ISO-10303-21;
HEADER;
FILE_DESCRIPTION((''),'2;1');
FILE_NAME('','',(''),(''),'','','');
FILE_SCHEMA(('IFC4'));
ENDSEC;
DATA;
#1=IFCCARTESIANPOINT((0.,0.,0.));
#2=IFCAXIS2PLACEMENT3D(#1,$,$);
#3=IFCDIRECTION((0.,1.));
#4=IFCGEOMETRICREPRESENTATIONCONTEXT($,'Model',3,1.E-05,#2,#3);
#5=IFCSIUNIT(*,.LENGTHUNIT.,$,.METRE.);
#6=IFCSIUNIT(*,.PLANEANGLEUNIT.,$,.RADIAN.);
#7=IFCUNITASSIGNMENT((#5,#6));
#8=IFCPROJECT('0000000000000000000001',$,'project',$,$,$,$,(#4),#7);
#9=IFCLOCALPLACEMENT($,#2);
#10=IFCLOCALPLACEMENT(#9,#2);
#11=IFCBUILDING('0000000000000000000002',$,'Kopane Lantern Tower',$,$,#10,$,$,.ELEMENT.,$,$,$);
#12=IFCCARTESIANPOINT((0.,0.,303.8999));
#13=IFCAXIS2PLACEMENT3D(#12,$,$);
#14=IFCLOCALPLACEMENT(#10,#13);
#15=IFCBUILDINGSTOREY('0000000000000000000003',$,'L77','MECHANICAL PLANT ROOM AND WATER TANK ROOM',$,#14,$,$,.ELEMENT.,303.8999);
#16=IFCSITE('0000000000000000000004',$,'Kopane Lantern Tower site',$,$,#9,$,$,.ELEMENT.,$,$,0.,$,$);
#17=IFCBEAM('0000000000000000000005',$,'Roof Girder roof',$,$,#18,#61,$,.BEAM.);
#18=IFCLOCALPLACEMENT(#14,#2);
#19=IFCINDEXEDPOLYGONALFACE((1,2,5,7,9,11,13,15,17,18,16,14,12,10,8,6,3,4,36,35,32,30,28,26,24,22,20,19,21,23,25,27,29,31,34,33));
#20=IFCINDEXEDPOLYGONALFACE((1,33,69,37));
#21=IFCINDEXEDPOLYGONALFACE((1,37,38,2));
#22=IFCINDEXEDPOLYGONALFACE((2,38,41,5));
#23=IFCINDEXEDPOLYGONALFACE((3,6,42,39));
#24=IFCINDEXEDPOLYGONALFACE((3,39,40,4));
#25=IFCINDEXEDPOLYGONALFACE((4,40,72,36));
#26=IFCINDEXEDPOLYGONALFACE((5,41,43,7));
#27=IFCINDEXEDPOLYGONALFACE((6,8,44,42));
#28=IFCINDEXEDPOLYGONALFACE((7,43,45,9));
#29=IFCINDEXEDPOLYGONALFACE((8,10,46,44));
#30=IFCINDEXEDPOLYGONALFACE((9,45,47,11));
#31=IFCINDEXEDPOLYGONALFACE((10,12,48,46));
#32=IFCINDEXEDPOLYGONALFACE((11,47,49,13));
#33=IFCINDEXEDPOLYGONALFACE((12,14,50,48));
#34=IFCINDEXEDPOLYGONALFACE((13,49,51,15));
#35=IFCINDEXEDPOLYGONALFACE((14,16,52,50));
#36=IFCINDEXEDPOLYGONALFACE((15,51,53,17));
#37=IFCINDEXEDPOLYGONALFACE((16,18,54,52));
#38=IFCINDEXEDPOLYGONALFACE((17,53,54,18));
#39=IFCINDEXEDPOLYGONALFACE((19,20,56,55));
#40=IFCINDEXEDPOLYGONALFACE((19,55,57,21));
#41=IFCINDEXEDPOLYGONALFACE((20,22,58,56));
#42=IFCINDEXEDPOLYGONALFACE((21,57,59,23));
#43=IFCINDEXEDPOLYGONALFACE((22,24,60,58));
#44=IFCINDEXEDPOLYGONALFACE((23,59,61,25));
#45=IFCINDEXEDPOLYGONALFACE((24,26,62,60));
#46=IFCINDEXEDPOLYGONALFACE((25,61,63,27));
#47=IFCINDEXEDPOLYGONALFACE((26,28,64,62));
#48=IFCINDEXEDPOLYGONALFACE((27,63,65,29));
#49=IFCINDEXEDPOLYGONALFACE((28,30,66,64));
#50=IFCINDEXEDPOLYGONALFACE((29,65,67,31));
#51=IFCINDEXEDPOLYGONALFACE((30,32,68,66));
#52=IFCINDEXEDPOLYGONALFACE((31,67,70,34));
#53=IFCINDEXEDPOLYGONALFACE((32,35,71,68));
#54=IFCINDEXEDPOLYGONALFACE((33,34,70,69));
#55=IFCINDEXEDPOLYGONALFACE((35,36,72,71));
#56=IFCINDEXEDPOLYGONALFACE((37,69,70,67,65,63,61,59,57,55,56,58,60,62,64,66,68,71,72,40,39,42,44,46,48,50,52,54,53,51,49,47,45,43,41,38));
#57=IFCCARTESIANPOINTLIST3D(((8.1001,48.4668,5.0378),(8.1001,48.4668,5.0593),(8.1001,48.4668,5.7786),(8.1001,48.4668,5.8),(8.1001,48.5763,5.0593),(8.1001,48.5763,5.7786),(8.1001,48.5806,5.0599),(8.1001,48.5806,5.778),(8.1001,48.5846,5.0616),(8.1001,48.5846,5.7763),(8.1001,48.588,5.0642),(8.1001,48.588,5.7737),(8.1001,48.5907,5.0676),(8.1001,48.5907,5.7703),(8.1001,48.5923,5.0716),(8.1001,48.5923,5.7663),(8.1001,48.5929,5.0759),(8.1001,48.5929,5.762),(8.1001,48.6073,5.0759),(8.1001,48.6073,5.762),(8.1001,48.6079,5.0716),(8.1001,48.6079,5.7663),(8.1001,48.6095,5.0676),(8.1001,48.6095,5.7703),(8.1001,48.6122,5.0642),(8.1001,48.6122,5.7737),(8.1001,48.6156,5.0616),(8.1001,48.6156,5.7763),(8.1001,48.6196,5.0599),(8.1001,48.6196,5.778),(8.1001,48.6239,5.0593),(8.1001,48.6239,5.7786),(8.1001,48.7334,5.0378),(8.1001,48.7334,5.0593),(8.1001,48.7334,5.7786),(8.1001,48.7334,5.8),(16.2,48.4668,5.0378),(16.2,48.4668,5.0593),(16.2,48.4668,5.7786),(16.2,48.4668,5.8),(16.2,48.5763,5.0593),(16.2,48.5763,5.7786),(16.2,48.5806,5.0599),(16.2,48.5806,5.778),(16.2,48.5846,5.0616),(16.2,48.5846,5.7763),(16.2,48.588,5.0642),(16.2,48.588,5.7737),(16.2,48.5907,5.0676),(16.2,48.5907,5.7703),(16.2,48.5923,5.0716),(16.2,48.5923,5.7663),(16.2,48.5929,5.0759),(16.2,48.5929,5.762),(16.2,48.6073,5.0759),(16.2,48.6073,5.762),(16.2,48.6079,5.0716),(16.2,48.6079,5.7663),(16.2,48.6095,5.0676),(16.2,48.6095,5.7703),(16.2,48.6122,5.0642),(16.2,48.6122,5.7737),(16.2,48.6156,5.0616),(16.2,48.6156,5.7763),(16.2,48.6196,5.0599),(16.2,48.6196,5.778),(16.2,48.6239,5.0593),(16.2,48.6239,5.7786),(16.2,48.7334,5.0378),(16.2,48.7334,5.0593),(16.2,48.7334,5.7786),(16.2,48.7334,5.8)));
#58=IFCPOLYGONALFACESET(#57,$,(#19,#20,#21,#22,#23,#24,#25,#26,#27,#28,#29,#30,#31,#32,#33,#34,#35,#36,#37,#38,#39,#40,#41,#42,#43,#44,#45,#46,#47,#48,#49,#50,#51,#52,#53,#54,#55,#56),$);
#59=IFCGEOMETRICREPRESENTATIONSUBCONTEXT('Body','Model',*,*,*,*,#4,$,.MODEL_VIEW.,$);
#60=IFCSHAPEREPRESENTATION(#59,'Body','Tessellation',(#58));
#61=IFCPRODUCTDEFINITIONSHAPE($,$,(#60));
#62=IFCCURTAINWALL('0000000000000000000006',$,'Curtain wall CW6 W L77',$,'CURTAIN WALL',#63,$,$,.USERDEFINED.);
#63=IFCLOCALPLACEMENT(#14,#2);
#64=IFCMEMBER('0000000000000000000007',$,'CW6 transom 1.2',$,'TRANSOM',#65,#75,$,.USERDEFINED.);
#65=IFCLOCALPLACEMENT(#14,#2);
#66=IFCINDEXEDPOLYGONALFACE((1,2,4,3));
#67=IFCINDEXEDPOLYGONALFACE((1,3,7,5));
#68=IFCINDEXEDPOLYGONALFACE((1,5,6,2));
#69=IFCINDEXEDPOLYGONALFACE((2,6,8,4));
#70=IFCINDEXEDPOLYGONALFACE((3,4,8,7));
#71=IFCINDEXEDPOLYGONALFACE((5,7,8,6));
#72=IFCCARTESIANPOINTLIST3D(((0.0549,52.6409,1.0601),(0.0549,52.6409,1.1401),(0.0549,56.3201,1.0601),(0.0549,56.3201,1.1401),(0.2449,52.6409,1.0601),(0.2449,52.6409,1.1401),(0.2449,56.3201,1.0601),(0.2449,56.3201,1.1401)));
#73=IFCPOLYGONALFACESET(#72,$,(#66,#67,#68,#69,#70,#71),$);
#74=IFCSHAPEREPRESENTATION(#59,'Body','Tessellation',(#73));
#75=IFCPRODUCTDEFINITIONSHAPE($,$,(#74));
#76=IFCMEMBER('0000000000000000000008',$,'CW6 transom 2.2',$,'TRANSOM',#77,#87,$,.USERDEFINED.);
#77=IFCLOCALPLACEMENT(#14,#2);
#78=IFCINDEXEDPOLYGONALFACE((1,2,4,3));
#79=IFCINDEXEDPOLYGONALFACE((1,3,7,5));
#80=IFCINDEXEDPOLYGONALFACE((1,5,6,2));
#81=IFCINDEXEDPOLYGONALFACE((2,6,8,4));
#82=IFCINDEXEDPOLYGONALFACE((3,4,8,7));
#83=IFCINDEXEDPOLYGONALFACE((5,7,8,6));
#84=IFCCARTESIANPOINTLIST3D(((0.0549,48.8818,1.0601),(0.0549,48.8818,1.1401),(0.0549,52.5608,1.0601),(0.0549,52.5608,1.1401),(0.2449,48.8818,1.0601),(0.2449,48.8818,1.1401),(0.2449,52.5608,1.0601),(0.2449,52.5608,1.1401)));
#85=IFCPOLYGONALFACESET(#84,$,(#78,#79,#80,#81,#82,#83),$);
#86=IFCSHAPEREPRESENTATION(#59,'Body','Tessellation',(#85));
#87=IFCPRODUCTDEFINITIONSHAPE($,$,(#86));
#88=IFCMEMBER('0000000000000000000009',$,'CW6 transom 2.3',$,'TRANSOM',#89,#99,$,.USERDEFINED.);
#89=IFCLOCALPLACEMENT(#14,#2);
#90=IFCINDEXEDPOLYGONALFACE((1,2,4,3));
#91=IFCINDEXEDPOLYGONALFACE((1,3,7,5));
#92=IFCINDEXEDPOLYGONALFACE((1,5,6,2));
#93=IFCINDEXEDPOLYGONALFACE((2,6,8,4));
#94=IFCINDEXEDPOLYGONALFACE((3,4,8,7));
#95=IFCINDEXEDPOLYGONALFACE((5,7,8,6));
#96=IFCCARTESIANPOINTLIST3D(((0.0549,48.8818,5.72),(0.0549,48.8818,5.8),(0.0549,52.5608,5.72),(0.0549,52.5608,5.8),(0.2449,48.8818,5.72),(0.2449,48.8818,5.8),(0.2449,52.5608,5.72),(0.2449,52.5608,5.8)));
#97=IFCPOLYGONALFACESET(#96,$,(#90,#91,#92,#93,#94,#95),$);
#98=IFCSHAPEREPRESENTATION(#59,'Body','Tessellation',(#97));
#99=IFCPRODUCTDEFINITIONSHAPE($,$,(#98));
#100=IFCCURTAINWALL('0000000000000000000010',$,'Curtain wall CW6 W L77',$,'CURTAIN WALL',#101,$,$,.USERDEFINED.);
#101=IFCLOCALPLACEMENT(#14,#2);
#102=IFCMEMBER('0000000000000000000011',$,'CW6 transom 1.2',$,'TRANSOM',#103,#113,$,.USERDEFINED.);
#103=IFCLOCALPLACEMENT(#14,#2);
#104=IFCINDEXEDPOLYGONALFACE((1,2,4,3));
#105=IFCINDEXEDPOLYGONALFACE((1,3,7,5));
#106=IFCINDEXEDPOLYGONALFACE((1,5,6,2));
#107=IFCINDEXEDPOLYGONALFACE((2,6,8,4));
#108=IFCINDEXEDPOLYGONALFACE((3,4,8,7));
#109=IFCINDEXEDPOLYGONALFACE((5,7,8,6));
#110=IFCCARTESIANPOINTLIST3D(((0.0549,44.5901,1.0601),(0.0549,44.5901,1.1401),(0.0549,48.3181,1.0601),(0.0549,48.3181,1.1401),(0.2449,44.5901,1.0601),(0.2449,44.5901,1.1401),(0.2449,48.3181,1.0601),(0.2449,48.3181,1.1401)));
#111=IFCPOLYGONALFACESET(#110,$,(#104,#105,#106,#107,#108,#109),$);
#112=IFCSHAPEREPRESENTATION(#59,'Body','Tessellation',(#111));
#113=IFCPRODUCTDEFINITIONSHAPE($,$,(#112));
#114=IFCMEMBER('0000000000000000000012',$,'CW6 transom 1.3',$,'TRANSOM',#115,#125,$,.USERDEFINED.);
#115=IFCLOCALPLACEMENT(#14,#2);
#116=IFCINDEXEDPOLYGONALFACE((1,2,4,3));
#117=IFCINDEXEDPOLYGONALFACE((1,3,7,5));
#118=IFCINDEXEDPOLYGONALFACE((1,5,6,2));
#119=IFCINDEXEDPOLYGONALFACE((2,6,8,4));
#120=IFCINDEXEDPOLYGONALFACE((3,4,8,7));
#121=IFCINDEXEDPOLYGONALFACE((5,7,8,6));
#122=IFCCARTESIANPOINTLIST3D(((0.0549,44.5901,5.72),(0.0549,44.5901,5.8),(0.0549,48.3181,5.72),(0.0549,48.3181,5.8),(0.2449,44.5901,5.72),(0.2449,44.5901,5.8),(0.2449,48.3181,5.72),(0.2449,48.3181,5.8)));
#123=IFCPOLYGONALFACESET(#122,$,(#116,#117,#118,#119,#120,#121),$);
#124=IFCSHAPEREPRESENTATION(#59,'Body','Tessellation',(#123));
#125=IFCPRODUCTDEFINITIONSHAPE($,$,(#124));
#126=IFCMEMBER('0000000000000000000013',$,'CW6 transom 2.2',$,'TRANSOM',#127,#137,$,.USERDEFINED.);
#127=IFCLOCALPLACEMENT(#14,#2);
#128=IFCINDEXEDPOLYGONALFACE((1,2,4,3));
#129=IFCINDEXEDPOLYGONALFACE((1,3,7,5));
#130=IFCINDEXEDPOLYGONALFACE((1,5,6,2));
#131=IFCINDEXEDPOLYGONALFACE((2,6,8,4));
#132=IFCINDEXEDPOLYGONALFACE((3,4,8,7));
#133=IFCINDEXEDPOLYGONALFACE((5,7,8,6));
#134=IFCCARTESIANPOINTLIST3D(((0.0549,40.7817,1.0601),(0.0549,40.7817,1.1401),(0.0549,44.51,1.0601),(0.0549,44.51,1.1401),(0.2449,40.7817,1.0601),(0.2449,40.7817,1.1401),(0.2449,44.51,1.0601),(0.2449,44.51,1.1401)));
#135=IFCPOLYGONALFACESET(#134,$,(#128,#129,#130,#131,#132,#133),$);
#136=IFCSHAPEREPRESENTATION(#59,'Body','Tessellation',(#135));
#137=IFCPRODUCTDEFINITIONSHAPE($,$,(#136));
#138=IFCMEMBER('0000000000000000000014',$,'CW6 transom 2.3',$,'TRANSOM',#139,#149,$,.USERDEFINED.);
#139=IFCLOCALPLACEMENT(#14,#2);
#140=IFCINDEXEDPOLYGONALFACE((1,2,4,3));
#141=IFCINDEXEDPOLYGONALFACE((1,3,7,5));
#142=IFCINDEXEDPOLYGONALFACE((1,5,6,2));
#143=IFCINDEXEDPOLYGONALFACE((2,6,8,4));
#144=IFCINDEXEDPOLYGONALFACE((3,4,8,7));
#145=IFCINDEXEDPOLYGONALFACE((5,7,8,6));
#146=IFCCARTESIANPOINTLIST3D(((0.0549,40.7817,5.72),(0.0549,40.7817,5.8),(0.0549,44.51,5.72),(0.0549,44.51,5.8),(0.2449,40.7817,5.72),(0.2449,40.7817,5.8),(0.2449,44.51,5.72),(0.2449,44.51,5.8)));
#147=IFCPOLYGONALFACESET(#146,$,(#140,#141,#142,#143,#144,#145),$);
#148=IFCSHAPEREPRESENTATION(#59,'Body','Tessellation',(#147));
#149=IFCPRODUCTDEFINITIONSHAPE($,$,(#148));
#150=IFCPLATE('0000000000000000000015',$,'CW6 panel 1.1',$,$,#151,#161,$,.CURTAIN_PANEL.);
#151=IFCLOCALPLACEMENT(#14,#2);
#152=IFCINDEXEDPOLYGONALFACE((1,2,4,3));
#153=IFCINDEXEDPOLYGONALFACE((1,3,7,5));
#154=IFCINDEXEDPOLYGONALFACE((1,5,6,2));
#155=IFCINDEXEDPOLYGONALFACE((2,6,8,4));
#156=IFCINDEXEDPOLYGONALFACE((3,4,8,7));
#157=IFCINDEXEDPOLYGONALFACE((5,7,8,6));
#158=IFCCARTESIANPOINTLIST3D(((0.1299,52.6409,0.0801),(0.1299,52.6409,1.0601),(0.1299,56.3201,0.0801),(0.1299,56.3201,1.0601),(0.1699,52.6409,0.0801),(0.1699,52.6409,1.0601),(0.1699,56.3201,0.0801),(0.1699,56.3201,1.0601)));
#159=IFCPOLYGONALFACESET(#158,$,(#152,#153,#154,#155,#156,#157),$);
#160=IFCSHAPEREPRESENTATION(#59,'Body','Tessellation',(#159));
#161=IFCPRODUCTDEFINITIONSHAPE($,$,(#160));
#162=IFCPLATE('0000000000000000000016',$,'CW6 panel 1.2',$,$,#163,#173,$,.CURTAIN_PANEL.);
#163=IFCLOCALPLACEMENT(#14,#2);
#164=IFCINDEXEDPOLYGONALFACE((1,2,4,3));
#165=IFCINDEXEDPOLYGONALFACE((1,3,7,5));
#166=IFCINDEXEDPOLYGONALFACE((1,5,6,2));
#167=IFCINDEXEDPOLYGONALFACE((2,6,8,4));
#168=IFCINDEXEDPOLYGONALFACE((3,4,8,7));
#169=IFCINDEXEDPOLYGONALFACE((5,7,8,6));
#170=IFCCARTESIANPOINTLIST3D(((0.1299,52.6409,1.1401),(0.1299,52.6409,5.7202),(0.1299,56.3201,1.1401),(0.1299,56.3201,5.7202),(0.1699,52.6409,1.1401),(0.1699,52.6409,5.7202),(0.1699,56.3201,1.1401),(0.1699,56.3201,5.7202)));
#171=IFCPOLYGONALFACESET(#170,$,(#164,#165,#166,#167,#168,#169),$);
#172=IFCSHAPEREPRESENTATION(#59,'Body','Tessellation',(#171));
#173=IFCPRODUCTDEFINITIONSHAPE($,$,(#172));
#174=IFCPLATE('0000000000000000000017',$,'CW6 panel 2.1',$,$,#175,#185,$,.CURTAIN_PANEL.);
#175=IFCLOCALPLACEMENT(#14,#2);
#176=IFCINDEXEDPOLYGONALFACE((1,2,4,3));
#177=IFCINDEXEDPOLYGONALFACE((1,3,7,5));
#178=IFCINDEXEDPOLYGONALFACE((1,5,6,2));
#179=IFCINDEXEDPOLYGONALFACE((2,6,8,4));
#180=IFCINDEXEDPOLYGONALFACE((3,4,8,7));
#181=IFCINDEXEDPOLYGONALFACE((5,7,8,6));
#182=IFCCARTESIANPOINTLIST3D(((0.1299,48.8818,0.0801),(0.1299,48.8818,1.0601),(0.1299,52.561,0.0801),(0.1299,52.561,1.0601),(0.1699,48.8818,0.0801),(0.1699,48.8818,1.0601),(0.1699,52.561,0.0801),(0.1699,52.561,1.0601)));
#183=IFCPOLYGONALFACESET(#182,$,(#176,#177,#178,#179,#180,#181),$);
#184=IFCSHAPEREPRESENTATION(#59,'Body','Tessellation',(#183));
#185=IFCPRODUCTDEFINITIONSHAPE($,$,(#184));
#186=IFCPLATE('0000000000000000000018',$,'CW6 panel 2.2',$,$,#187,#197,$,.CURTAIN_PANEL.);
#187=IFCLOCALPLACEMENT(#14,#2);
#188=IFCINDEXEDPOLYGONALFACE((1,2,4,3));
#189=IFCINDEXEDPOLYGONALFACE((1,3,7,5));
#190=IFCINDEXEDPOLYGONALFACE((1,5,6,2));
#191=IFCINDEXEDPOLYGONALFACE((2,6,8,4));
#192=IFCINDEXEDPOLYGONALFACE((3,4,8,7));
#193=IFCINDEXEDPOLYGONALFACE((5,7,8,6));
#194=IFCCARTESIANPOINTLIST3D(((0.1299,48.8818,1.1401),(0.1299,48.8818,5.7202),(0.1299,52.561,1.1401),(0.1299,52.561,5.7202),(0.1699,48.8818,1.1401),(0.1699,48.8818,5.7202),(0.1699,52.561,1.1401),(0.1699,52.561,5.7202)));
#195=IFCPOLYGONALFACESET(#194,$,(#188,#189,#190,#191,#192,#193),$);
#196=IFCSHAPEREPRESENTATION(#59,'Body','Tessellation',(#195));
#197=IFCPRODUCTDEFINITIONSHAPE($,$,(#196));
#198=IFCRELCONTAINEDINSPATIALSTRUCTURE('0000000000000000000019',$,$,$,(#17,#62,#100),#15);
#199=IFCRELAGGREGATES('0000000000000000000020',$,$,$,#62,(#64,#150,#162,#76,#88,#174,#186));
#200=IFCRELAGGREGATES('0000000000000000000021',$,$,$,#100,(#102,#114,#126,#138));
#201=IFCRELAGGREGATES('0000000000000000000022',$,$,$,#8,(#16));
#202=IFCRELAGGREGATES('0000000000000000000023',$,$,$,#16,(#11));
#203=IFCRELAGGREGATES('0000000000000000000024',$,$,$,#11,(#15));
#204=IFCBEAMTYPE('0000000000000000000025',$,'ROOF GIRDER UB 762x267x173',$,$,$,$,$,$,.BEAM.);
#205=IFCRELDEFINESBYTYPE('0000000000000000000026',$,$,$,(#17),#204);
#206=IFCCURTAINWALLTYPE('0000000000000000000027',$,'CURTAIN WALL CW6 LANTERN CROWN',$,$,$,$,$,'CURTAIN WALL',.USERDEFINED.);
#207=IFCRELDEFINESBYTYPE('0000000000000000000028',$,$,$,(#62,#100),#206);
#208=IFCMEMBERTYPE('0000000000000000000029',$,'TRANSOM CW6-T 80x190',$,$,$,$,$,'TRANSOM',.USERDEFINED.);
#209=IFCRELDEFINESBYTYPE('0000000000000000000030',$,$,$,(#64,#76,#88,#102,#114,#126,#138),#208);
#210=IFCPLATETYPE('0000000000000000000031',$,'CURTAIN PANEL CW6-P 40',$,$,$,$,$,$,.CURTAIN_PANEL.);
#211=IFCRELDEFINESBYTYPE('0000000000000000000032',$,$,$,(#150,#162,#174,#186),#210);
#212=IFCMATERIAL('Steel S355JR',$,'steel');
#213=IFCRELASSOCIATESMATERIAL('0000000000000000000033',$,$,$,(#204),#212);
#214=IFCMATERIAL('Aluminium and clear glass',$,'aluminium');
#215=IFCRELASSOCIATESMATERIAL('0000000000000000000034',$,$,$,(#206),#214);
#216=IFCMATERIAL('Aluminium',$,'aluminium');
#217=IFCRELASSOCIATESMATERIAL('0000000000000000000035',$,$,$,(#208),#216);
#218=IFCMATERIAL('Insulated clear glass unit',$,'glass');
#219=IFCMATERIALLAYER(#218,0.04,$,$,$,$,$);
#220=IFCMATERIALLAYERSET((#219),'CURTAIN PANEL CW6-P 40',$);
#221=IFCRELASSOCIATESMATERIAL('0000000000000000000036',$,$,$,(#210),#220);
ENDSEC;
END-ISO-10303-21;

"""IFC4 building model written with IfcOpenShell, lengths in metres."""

from ifc_helpers import new_model, si_unit, direction, frame, origin, origin_2d, place, context, subcontext, project, spatial, rectangle, i_section, extrude, material, layer, layer_set, material_profile, profile_set, type_object, element, aggregate, save


model = new_model("IFC4")

# Units and contexts
model_context = context("Model", 3, precision=1e-05, world=origin(), true_north=direction((0.0, 1.0)))
body_context = subcontext(model_context, "Body", "Model", "MODEL_VIEW")
ifc_project = project(units=[si_unit("LENGTHUNIT", "METRE"), si_unit("PLANEANGLEUNIT", "RADIAN")], contexts=[model_context])

# Site, building, storey
site_placement = place(None, origin())
site = spatial("IfcSite", under=ifc_project, at=site_placement, Name="Kopane Lantern Tower site", CompositionType="ELEMENT", RefElevation=0.0)
building_placement = place(site_placement, origin())
building = spatial("IfcBuilding", under=site, at=building_placement, Name="Kopane Lantern Tower", CompositionType="ELEMENT")
storey_placement = place(building_placement, frame((0.0, 0.0, 303.8999)))
storey = spatial("IfcBuildingStorey", under=building, at=storey_placement, Name="L77", Description="MECHANICAL PLANT ROOM AND WATER TANK ROOM", CompositionType="ELEMENT", Elevation=303.8999)

# Beam
ifc_material_1 = material(Name="Steel S355JR", Category="steel")
ifc_material_profile_1 = material_profile(ifc_material_1, i_section(OverallWidth=0.2666, OverallDepth=0.7622, WebThickness=0.0144, FlangeThickness=0.0215, FilletRadius=0.0166, at=origin_2d()), Name="UB 762x267x173")
ifc_profile_set_1 = profile_set([ifc_material_profile_1], Name="Steel S355JR")
beam_type_1 = type_object("IfcBeamType", Name="ROOF GIRDER UB 762x267x173", PredefinedType="BEAM", material=ifc_profile_set_1)
beam_1_placement = place(storey_placement, frame((8.1001, 48.6001, 5.4189), z_axis=(1.0, 0.0, 0.0), x_axis=(0.0, 1.0, 0.0)))
element("IfcBeam", 1, at=beam_1_placement, inside=storey, type_object=beam_type_1, Name="Roof Girder roof", PredefinedType="BEAM", context=body_context, shape_type="SweptSolid", body=[
    extrude(i_section(OverallWidth=0.2666, OverallDepth=0.7622, WebThickness=0.0144, FlangeThickness=0.0215, FilletRadius=0.0166, at=origin_2d()), origin(), (0.0, 0.0, 1.0), 8.0999),
])

# Curtain walls, members
ifc_material_2 = material(Name="Aluminium and clear glass", Category="aluminium")
curtain_wall_type = type_object("IfcCurtainWallType", Name="CURTAIN WALL CW6 LANTERN CROWN", ElementType="CURTAIN WALL", PredefinedType="USERDEFINED", material=ifc_material_2)
curtain_wall_1_placement = place(storey_placement, origin())
curtain_wall_1 = element("IfcCurtainWall", 2, at=curtain_wall_1_placement, inside=storey, type_object=curtain_wall_type, Name="Curtain wall CW6 W L77", ObjectType="CURTAIN WALL", PredefinedType="USERDEFINED")
ifc_material_3 = material(Name="Aluminium", Category="aluminium")
ifc_material_profile_2 = material_profile(ifc_material_3, rectangle(XDim=0.1899, YDim=0.0801, at=origin_2d()), Name="AL 190x80")
ifc_profile_set_2 = profile_set([ifc_material_profile_2], Name="Aluminium")
member_type = type_object("IfcMemberType", Name="TRANSOM CW6-T 80x190", ElementType="TRANSOM", PredefinedType="USERDEFINED", material=ifc_profile_set_2)
member_1_placement = place(storey_placement, frame((0.1499, 56.3201, 1.1001), z_axis=(0.0, -1.0, 0.0), x_axis=(1.0, 0.0, 0.0)))
member_1 = element("IfcMember", 3, at=member_1_placement, type_object=member_type, Name="CW6 transom 1.2", ObjectType="TRANSOM", PredefinedType="USERDEFINED", context=body_context, shape_type="SweptSolid", body=[
    extrude(rectangle(XDim=0.1899, YDim=0.0801, at=origin_2d()), origin(), (0.0, 0.0, 1.0), 3.6792),
])
member_2_placement = place(storey_placement, frame((0.1499, 52.5608, 1.1001), z_axis=(0.0, -1.0, 0.0), x_axis=(1.0, 0.0, 0.0)))
member_2 = element("IfcMember", 4, at=member_2_placement, type_object=member_type, Name="CW6 transom 2.2", ObjectType="TRANSOM", PredefinedType="USERDEFINED", context=body_context, shape_type="SweptSolid", body=[
    extrude(rectangle(XDim=0.1899, YDim=0.0801, at=origin_2d()), origin(), (0.0, 0.0, 1.0), 3.679),
])
member_3_placement = place(storey_placement, frame((0.1499, 52.5608, 5.76), z_axis=(0.0, -1.0, 0.0), x_axis=(1.0, 0.0, 0.0)))
member_3 = element("IfcMember", 5, at=member_3_placement, type_object=member_type, Name="CW6 transom 2.3", ObjectType="TRANSOM", PredefinedType="USERDEFINED", context=body_context, shape_type="SweptSolid", body=[
    extrude(rectangle(XDim=0.1899, YDim=0.0801, at=origin_2d()), origin(), (0.0, 0.0, 1.0), 3.679),
])
curtain_wall_2_placement = place(storey_placement, origin())
curtain_wall_2 = element("IfcCurtainWall", 6, at=curtain_wall_2_placement, inside=storey, type_object=curtain_wall_type, Name="Curtain wall CW6 W L77", ObjectType="CURTAIN WALL", PredefinedType="USERDEFINED")
member_4_placement = place(storey_placement, frame((0.1499, 48.3181, 1.1001), z_axis=(0.0, -1.0, 0.0), x_axis=(1.0, 0.0, 0.0)))
member_4 = element("IfcMember", 7, at=member_4_placement, type_object=member_type, Name="CW6 transom 1.2", ObjectType="TRANSOM", PredefinedType="USERDEFINED", context=body_context, shape_type="SweptSolid", body=[
    extrude(rectangle(XDim=0.1899, YDim=0.0801, at=origin_2d()), origin(), (0.0, 0.0, 1.0), 3.728),
])
member_5_placement = place(storey_placement, frame((0.1499, 48.3181, 5.76), z_axis=(0.0, -1.0, 0.0), x_axis=(1.0, 0.0, 0.0)))
member_5 = element("IfcMember", 8, at=member_5_placement, type_object=member_type, Name="CW6 transom 1.3", ObjectType="TRANSOM", PredefinedType="USERDEFINED", context=body_context, shape_type="SweptSolid", body=[
    extrude(rectangle(XDim=0.1899, YDim=0.0801, at=origin_2d()), origin(), (0.0, 0.0, 1.0), 3.728),
])
member_6_placement = place(storey_placement, frame((0.1499, 44.51, 1.1001), z_axis=(0.0, -1.0, 0.0), x_axis=(1.0, 0.0, 0.0)))
member_6 = element("IfcMember", 9, at=member_6_placement, type_object=member_type, Name="CW6 transom 2.2", ObjectType="TRANSOM", PredefinedType="USERDEFINED", context=body_context, shape_type="SweptSolid", body=[
    extrude(rectangle(XDim=0.1899, YDim=0.0801, at=origin_2d()), origin(), (0.0, 0.0, 1.0), 3.7283),
])
member_7_placement = place(storey_placement, frame((0.1499, 44.51, 5.76), z_axis=(0.0, -1.0, 0.0), x_axis=(1.0, 0.0, 0.0)))
member_7 = element("IfcMember", 10, at=member_7_placement, type_object=member_type, Name="CW6 transom 2.3", ObjectType="TRANSOM", PredefinedType="USERDEFINED", context=body_context, shape_type="SweptSolid", body=[
    extrude(rectangle(XDim=0.1899, YDim=0.0801, at=origin_2d()), origin(), (0.0, 0.0, 1.0), 3.7283),
])

# Plates
ifc_material_4 = material(Name="Insulated clear glass unit", Category="glass")
ifc_layer_1 = layer(ifc_material_4, 0.04)
ifc_layer_set_1 = layer_set([ifc_layer_1], Name="CURTAIN PANEL CW6-P 40")
plate_type_1 = type_object("IfcPlateType", Name="CURTAIN PANEL CW6-P 40", PredefinedType="CURTAIN_PANEL", material=ifc_layer_set_1)
plate_1_placement = place(storey_placement, frame((0.1499, 54.4805, 0.0801), z_axis=(0.0, 0.0, 1.0), x_axis=(0.0, -1.0, 0.0)))
plate_1 = element("IfcPlate", 11, at=plate_1_placement, type_object=plate_type_1, Name="CW6 panel 1.1", PredefinedType="CURTAIN_PANEL", context=body_context, shape_type="SweptSolid", body=[
    extrude(rectangle(XDim=3.6792, YDim=0.04, at=origin_2d()), origin(), (0.0, 0.0, 1.0), 0.98),
])
plate_2_placement = place(storey_placement, frame((0.1499, 54.4805, 1.1401), z_axis=(0.0, 0.0, 1.0), x_axis=(0.0, -1.0, 0.0)))
plate_2 = element("IfcPlate", 12, at=plate_2_placement, type_object=plate_type_1, Name="CW6 panel 1.2", PredefinedType="CURTAIN_PANEL", context=body_context, shape_type="SweptSolid", body=[
    extrude(rectangle(XDim=3.6792, YDim=0.04, at=origin_2d()), origin(), (0.0, 0.0, 1.0), 4.5801),
])
plate_3_placement = place(storey_placement, frame((0.1499, 50.7214, 0.0801), z_axis=(0.0, 0.0, 1.0), x_axis=(0.0, -1.0, 0.0)))
plate_3 = element("IfcPlate", 13, at=plate_3_placement, type_object=plate_type_1, Name="CW6 panel 2.1", PredefinedType="CURTAIN_PANEL", context=body_context, shape_type="SweptSolid", body=[
    extrude(rectangle(XDim=3.6792, YDim=0.04, at=origin_2d()), origin(), (0.0, 0.0, 1.0), 0.98),
])
plate_4_placement = place(storey_placement, frame((0.1499, 50.7214, 1.1401), z_axis=(0.0, 0.0, 1.0), x_axis=(0.0, -1.0, 0.0)))
plate_4 = element("IfcPlate", 14, at=plate_4_placement, type_object=plate_type_1, Name="CW6 panel 2.2", PredefinedType="CURTAIN_PANEL", context=body_context, shape_type="SweptSolid", body=[
    extrude(rectangle(XDim=3.6792, YDim=0.04, at=origin_2d()), origin(), (0.0, 0.0, 1.0), 4.5801),
])
aggregate(curtain_wall_1, [member_1, plate_1, plate_2, member_2, member_3, plate_3, plate_4])
aggregate(curtain_wall_2, [member_4, member_5, member_6, member_7])

save(model, "model.ifc")
